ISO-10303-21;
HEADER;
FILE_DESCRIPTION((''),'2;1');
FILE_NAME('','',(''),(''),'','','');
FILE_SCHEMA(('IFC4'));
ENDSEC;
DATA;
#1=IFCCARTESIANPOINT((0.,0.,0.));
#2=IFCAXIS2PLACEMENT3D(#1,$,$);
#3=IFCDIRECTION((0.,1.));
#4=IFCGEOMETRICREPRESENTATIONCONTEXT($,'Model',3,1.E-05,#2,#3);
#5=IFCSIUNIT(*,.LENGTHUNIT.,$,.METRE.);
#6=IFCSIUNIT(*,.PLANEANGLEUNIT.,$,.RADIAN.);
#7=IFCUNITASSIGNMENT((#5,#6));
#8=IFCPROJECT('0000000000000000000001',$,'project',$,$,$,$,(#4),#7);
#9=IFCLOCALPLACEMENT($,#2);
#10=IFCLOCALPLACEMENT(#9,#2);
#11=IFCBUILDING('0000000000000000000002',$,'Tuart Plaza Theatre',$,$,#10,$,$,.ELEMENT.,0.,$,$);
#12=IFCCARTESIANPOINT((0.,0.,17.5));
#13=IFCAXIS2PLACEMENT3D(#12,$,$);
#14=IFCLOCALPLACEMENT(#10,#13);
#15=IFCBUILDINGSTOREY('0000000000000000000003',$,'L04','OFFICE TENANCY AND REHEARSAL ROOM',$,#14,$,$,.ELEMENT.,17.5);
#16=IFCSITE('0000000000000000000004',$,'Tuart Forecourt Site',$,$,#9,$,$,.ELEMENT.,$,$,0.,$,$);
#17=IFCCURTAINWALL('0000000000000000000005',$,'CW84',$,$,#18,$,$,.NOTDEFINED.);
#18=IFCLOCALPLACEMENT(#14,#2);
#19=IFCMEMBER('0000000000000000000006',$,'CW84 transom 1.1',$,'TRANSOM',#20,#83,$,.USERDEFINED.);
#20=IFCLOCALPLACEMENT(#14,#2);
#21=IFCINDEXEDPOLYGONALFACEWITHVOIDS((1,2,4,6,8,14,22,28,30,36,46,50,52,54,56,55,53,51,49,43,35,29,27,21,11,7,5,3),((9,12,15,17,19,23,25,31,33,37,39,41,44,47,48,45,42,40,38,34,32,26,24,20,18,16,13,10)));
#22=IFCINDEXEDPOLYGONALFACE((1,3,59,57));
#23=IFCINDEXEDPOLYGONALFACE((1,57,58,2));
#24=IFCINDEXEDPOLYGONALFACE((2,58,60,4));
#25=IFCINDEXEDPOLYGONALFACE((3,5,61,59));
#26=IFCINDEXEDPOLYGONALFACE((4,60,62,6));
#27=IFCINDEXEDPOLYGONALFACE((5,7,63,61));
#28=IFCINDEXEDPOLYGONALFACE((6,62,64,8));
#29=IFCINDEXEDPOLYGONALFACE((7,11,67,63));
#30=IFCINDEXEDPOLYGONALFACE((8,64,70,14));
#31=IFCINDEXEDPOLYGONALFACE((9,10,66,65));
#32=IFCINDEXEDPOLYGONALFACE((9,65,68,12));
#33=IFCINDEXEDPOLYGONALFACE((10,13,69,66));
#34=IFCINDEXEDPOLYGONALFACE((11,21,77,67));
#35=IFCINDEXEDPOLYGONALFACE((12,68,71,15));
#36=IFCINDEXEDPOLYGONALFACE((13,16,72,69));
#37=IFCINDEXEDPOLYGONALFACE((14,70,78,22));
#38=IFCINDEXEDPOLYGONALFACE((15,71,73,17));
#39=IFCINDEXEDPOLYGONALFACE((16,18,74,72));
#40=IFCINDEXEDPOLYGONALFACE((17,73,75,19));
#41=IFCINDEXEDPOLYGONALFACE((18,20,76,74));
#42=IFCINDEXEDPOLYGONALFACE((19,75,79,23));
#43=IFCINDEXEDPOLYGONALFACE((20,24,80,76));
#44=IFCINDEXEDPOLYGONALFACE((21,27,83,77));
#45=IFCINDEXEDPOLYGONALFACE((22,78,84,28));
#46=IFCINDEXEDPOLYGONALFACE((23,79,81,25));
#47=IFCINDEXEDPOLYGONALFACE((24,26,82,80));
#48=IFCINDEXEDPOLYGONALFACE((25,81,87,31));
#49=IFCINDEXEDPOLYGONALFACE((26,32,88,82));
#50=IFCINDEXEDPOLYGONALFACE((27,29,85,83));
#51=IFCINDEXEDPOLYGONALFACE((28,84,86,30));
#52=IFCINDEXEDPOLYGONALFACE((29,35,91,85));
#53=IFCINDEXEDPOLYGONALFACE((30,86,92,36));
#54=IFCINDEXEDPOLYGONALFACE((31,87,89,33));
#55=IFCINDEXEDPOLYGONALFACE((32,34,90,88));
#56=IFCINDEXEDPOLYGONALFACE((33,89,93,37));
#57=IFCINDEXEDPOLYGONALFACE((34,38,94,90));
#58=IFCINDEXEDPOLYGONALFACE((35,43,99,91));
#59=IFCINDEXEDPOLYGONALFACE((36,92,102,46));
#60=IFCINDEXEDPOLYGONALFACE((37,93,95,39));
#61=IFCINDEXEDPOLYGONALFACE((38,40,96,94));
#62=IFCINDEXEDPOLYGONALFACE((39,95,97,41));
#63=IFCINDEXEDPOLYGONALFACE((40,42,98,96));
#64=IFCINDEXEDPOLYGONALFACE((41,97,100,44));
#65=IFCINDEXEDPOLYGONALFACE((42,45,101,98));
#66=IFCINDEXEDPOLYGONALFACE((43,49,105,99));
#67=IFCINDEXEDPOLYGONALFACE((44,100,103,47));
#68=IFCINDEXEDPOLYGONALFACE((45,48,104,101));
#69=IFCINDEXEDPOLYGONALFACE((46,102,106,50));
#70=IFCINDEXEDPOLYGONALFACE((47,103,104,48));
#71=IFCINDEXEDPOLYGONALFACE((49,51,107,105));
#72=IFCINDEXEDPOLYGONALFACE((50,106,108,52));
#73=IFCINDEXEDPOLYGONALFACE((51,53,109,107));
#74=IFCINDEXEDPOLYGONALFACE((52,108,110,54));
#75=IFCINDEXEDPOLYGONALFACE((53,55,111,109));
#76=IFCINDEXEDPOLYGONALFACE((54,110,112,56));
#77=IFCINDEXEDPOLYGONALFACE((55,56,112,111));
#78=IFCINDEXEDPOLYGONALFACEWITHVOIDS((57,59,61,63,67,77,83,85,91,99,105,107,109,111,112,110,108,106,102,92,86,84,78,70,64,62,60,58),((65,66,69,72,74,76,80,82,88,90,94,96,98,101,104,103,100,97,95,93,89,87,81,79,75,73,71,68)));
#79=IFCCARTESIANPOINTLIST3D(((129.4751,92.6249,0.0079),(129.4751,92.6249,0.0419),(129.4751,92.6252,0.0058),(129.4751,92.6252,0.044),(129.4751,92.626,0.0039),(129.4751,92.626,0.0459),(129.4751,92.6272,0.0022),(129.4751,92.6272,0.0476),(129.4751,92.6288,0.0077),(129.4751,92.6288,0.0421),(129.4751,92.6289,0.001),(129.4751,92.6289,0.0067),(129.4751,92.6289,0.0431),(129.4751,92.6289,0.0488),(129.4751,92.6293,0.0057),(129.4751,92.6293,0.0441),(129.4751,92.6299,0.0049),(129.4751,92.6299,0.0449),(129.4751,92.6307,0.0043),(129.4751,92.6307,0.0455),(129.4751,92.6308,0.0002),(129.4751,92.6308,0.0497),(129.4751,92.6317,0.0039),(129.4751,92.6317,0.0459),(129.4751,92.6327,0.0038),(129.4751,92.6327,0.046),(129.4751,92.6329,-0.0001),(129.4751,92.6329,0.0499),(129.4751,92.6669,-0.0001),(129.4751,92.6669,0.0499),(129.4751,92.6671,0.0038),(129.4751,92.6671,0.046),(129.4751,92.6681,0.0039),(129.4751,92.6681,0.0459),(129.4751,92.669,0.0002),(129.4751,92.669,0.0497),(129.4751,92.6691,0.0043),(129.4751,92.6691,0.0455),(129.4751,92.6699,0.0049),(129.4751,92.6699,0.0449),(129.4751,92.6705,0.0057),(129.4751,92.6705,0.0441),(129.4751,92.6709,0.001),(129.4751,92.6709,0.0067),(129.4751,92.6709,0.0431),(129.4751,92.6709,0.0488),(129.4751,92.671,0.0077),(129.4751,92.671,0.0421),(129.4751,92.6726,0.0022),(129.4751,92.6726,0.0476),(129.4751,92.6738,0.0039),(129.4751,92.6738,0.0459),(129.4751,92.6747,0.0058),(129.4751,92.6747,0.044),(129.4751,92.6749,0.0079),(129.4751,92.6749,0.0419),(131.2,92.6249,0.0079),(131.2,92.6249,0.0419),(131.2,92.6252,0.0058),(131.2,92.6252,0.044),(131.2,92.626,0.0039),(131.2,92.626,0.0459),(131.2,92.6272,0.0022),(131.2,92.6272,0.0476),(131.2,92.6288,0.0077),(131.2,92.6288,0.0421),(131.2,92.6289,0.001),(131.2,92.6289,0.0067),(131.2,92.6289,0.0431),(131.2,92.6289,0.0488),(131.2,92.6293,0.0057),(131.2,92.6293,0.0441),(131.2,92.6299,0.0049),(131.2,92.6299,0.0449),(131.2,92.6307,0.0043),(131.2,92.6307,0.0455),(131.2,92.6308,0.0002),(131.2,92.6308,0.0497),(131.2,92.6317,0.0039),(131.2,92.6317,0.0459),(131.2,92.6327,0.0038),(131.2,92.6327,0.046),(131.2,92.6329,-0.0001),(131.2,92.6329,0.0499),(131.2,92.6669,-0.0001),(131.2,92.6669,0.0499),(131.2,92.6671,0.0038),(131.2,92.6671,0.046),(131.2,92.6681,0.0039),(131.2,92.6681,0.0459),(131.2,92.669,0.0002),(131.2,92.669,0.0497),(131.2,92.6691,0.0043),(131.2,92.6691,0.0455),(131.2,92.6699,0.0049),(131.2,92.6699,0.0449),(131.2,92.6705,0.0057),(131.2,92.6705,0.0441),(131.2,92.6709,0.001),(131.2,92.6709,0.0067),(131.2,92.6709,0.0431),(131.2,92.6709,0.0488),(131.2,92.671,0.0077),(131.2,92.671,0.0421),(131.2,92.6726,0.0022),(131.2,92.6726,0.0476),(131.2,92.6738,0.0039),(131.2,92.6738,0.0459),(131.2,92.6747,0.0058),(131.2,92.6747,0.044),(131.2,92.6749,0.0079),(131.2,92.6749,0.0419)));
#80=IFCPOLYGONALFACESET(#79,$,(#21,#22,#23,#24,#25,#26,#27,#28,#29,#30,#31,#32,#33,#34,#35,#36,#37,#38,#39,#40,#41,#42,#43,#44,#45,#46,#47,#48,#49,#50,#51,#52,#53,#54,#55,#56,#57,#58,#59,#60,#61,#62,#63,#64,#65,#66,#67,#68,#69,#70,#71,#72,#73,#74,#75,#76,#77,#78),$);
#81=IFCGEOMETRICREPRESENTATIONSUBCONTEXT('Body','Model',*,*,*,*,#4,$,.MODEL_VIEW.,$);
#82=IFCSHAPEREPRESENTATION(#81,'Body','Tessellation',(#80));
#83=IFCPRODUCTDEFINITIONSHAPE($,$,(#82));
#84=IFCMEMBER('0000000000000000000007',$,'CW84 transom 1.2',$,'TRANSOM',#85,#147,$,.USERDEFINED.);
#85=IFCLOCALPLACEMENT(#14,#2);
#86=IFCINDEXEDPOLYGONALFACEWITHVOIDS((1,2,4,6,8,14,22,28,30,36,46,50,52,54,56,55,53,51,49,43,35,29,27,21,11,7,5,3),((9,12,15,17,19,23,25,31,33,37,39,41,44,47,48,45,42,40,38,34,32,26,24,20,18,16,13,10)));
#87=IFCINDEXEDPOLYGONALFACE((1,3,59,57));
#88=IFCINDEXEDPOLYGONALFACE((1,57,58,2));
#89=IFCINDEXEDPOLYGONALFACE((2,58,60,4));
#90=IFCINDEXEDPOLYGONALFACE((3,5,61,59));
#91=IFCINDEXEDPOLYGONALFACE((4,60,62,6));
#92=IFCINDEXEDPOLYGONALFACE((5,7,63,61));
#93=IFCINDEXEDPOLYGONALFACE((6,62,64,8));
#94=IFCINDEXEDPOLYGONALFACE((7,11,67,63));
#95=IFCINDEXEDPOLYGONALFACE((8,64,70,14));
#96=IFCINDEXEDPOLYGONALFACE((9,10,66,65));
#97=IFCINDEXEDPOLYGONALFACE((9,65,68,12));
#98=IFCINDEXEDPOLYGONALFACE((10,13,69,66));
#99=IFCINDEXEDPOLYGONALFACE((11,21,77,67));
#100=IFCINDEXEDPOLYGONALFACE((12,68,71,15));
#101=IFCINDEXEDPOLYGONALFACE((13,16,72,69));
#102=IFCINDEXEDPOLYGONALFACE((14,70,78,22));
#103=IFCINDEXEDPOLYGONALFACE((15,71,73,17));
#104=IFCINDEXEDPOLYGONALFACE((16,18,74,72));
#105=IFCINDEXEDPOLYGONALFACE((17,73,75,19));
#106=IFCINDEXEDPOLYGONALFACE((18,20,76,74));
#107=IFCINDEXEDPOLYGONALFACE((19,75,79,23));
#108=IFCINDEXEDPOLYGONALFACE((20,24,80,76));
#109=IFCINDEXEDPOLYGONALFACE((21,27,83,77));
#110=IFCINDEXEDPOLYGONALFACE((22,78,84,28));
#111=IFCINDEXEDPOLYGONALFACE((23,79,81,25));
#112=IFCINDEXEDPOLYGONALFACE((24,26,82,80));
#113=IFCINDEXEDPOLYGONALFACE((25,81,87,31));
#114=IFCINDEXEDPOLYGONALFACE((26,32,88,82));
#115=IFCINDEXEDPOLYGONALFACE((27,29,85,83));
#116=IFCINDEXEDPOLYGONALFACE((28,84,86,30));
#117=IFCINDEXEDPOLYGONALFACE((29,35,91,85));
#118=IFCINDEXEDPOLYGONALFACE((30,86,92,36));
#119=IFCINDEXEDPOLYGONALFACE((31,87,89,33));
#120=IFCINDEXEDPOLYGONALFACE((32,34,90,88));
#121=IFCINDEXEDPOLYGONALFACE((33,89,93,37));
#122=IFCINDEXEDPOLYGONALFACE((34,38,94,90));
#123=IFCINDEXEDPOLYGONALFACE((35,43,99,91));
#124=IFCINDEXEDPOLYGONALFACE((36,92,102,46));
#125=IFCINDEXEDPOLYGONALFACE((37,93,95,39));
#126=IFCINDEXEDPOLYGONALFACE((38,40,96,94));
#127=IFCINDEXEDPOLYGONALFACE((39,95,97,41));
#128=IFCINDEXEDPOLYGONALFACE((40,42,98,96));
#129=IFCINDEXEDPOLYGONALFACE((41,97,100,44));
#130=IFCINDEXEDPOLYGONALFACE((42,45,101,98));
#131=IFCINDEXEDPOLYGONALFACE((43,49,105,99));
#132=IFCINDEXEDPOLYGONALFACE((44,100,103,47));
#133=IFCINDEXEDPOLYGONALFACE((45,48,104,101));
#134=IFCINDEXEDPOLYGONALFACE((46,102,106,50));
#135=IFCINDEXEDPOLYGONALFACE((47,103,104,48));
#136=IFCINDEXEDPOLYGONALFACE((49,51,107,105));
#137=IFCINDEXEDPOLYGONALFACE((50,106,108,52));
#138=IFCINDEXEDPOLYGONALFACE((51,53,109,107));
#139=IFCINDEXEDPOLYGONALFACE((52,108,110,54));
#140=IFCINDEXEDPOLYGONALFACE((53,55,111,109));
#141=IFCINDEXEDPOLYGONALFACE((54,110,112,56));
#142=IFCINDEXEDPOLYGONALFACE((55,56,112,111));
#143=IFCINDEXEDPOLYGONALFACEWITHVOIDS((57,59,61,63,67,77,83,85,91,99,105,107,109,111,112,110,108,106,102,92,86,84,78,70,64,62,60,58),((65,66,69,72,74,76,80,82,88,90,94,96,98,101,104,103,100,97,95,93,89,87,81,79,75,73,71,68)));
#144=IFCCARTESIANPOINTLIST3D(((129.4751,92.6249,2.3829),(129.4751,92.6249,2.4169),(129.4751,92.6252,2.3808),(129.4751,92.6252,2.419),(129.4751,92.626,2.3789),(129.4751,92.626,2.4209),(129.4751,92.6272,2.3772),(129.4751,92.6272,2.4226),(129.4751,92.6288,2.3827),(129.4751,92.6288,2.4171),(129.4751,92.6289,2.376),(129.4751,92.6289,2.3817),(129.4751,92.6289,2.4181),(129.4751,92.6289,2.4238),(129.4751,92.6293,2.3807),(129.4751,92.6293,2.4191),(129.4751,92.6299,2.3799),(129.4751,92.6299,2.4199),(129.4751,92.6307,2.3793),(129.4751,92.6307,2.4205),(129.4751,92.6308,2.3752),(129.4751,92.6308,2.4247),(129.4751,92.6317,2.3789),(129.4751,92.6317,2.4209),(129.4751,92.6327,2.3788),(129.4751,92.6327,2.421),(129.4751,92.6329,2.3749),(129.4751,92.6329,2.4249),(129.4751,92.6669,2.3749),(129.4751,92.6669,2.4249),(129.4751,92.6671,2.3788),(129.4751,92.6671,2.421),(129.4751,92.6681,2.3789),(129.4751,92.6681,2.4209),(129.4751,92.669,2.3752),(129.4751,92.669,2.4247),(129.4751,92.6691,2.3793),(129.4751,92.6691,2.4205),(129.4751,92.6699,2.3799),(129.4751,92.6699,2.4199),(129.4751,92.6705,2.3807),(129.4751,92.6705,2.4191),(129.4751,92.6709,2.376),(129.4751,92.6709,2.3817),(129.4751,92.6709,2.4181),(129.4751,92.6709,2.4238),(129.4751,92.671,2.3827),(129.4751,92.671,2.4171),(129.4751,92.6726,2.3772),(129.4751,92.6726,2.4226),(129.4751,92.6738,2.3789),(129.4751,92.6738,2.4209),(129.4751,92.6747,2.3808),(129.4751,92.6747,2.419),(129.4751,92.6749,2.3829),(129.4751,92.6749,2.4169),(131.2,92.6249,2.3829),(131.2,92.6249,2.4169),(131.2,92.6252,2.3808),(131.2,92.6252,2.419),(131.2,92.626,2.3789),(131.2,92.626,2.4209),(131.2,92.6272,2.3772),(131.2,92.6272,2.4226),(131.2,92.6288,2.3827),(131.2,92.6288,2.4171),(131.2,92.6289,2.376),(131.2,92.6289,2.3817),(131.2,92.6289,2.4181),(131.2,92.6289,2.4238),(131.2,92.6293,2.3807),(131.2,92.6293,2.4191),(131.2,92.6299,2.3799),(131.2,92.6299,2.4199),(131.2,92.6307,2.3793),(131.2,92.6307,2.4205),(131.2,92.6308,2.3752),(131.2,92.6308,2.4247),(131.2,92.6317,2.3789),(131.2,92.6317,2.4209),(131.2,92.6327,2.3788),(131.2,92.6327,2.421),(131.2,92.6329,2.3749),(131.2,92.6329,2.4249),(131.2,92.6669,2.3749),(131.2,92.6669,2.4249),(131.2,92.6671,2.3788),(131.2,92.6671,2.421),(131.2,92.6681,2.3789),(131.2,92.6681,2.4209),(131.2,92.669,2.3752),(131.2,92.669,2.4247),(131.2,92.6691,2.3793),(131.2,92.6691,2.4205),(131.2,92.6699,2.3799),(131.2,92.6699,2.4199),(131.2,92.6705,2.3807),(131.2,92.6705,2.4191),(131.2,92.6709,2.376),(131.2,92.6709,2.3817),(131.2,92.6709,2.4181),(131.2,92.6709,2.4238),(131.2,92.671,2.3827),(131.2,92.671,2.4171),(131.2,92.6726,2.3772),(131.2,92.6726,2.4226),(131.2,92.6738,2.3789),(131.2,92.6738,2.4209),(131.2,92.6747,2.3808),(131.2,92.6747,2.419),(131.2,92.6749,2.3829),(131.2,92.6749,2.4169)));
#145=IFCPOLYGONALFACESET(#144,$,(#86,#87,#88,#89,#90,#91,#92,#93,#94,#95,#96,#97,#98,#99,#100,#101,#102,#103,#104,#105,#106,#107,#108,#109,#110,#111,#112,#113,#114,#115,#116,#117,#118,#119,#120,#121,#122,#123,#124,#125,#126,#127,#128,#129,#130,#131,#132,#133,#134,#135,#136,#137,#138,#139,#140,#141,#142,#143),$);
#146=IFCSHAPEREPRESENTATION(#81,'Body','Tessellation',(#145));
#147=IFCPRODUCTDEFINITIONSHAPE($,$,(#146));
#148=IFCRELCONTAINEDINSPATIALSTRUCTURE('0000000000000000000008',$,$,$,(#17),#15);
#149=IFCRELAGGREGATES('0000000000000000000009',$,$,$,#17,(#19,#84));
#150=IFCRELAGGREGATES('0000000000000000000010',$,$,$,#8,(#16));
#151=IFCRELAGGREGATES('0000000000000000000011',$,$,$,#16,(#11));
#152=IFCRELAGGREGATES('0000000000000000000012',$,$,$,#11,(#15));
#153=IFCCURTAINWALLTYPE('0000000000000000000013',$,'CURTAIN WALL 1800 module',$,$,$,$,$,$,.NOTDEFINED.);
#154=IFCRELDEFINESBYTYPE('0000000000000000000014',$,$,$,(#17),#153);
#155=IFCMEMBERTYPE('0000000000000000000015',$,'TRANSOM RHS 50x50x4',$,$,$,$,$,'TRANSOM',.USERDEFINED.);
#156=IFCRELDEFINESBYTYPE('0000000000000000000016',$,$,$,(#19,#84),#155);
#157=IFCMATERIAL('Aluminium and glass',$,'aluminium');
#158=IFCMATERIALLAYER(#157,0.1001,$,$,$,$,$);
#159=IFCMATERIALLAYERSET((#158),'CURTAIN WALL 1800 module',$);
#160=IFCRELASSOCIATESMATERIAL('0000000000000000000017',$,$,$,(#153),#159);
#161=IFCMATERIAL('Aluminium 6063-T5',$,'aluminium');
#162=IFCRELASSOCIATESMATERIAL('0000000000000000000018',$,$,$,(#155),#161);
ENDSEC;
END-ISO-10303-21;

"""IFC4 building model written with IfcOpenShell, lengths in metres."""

from ifc_helpers import new_model, si_unit, direction, frame, origin, origin_2d, place, context, subcontext, project, spatial, hollow_rectangle, extrude, material, layer, layer_set, material_profile, profile_set, type_object, element, aggregate, save


model = new_model("IFC4")

# Units and contexts
model_context = context("Model", 3, precision=1e-05, world=origin(), true_north=direction((0.0, 1.0)))
body_context = subcontext(model_context, "Body", "Model", "MODEL_VIEW")
ifc_project = project(units=[si_unit("LENGTHUNIT", "METRE"), si_unit("PLANEANGLEUNIT", "RADIAN")], contexts=[model_context])

# Site, building, storey
site_placement = place(None, origin())
site = spatial("IfcSite", under=ifc_project, at=site_placement, Name="Tuart Forecourt Site", CompositionType="ELEMENT", RefElevation=0.0)
building_placement = place(site_placement, origin())
building = spatial("IfcBuilding", under=site, at=building_placement, Name="Tuart Plaza Theatre", CompositionType="ELEMENT", ElevationOfRefHeight=0.0)
storey_placement = place(building_placement, frame((0.0, 0.0, 17.5)))
storey = spatial("IfcBuildingStorey", under=building, at=storey_placement, Name="L04", Description="OFFICE TENANCY AND REHEARSAL ROOM", CompositionType="ELEMENT", Elevation=17.5)

# Curtain wall
ifc_material_1 = material(Name="Aluminium and glass", Category="aluminium")
ifc_layer_1 = layer(ifc_material_1, 0.1001)
ifc_layer_set_1 = layer_set([ifc_layer_1], Name="CURTAIN WALL 1800 module")
curtain_wall_type_1 = type_object("IfcCurtainWallType", Name="CURTAIN WALL 1800 module", PredefinedType="NOTDEFINED", material=ifc_layer_set_1)
curtain_wall_1_placement = place(storey_placement, origin())
curtain_wall_1 = element("IfcCurtainWall", 1, at=curtain_wall_1_placement, inside=storey, type_object=curtain_wall_type_1, Name="CW84", PredefinedType="NOTDEFINED")

# Members
ifc_material_2 = material(Name="Aluminium 6063-T5", Category="aluminium")
ifc_material_profile_1 = material_profile(ifc_material_2, hollow_rectangle(XDim=0.05, YDim=0.05, WallThickness=0.0039, InnerFilletRadius=0.0039, OuterFilletRadius=0.0081, at=origin_2d()), Name="RHS 50x50x4")
ifc_profile_set_1 = profile_set([ifc_material_profile_1], Name="Aluminium 6063-T5")
member_type_1 = type_object("IfcMemberType", Name="TRANSOM RHS 50x50x4", ElementType="TRANSOM", PredefinedType="USERDEFINED", material=ifc_profile_set_1)
member_1_placement = place(storey_placement, frame((131.2, 92.6499, 0.0249), z_axis=(-1.0, 0.0, 0.0), x_axis=(0.0, -1.0, 0.0)))
member_1 = element("IfcMember", 2, at=member_1_placement, type_object=member_type_1, Name="CW84 transom 1.1", ObjectType="TRANSOM", PredefinedType="USERDEFINED", context=body_context, shape_type="SweptSolid", body=[
    extrude(hollow_rectangle(XDim=0.05, YDim=0.05, WallThickness=0.0039, InnerFilletRadius=0.0039, OuterFilletRadius=0.0081, at=origin_2d()), origin(), (0.0, 0.0, 1.0), 1.7249),
])
member_2_placement = place(storey_placement, frame((131.2, 92.6499, 2.3999), z_axis=(-1.0, 0.0, 0.0), x_axis=(0.0, -1.0, 0.0)))
member_2 = element("IfcMember", 3, at=member_2_placement, type_object=member_type_1, Name="CW84 transom 1.2", ObjectType="TRANSOM", PredefinedType="USERDEFINED", context=body_context, shape_type="SweptSolid", body=[
    extrude(hollow_rectangle(XDim=0.05, YDim=0.05, WallThickness=0.0039, InnerFilletRadius=0.0039, OuterFilletRadius=0.0081, at=origin_2d()), origin(), (0.0, 0.0, 1.0), 1.7249),
])

aggregate(curtain_wall_1, [member_1, member_2])

save(model, "model.ifc")
